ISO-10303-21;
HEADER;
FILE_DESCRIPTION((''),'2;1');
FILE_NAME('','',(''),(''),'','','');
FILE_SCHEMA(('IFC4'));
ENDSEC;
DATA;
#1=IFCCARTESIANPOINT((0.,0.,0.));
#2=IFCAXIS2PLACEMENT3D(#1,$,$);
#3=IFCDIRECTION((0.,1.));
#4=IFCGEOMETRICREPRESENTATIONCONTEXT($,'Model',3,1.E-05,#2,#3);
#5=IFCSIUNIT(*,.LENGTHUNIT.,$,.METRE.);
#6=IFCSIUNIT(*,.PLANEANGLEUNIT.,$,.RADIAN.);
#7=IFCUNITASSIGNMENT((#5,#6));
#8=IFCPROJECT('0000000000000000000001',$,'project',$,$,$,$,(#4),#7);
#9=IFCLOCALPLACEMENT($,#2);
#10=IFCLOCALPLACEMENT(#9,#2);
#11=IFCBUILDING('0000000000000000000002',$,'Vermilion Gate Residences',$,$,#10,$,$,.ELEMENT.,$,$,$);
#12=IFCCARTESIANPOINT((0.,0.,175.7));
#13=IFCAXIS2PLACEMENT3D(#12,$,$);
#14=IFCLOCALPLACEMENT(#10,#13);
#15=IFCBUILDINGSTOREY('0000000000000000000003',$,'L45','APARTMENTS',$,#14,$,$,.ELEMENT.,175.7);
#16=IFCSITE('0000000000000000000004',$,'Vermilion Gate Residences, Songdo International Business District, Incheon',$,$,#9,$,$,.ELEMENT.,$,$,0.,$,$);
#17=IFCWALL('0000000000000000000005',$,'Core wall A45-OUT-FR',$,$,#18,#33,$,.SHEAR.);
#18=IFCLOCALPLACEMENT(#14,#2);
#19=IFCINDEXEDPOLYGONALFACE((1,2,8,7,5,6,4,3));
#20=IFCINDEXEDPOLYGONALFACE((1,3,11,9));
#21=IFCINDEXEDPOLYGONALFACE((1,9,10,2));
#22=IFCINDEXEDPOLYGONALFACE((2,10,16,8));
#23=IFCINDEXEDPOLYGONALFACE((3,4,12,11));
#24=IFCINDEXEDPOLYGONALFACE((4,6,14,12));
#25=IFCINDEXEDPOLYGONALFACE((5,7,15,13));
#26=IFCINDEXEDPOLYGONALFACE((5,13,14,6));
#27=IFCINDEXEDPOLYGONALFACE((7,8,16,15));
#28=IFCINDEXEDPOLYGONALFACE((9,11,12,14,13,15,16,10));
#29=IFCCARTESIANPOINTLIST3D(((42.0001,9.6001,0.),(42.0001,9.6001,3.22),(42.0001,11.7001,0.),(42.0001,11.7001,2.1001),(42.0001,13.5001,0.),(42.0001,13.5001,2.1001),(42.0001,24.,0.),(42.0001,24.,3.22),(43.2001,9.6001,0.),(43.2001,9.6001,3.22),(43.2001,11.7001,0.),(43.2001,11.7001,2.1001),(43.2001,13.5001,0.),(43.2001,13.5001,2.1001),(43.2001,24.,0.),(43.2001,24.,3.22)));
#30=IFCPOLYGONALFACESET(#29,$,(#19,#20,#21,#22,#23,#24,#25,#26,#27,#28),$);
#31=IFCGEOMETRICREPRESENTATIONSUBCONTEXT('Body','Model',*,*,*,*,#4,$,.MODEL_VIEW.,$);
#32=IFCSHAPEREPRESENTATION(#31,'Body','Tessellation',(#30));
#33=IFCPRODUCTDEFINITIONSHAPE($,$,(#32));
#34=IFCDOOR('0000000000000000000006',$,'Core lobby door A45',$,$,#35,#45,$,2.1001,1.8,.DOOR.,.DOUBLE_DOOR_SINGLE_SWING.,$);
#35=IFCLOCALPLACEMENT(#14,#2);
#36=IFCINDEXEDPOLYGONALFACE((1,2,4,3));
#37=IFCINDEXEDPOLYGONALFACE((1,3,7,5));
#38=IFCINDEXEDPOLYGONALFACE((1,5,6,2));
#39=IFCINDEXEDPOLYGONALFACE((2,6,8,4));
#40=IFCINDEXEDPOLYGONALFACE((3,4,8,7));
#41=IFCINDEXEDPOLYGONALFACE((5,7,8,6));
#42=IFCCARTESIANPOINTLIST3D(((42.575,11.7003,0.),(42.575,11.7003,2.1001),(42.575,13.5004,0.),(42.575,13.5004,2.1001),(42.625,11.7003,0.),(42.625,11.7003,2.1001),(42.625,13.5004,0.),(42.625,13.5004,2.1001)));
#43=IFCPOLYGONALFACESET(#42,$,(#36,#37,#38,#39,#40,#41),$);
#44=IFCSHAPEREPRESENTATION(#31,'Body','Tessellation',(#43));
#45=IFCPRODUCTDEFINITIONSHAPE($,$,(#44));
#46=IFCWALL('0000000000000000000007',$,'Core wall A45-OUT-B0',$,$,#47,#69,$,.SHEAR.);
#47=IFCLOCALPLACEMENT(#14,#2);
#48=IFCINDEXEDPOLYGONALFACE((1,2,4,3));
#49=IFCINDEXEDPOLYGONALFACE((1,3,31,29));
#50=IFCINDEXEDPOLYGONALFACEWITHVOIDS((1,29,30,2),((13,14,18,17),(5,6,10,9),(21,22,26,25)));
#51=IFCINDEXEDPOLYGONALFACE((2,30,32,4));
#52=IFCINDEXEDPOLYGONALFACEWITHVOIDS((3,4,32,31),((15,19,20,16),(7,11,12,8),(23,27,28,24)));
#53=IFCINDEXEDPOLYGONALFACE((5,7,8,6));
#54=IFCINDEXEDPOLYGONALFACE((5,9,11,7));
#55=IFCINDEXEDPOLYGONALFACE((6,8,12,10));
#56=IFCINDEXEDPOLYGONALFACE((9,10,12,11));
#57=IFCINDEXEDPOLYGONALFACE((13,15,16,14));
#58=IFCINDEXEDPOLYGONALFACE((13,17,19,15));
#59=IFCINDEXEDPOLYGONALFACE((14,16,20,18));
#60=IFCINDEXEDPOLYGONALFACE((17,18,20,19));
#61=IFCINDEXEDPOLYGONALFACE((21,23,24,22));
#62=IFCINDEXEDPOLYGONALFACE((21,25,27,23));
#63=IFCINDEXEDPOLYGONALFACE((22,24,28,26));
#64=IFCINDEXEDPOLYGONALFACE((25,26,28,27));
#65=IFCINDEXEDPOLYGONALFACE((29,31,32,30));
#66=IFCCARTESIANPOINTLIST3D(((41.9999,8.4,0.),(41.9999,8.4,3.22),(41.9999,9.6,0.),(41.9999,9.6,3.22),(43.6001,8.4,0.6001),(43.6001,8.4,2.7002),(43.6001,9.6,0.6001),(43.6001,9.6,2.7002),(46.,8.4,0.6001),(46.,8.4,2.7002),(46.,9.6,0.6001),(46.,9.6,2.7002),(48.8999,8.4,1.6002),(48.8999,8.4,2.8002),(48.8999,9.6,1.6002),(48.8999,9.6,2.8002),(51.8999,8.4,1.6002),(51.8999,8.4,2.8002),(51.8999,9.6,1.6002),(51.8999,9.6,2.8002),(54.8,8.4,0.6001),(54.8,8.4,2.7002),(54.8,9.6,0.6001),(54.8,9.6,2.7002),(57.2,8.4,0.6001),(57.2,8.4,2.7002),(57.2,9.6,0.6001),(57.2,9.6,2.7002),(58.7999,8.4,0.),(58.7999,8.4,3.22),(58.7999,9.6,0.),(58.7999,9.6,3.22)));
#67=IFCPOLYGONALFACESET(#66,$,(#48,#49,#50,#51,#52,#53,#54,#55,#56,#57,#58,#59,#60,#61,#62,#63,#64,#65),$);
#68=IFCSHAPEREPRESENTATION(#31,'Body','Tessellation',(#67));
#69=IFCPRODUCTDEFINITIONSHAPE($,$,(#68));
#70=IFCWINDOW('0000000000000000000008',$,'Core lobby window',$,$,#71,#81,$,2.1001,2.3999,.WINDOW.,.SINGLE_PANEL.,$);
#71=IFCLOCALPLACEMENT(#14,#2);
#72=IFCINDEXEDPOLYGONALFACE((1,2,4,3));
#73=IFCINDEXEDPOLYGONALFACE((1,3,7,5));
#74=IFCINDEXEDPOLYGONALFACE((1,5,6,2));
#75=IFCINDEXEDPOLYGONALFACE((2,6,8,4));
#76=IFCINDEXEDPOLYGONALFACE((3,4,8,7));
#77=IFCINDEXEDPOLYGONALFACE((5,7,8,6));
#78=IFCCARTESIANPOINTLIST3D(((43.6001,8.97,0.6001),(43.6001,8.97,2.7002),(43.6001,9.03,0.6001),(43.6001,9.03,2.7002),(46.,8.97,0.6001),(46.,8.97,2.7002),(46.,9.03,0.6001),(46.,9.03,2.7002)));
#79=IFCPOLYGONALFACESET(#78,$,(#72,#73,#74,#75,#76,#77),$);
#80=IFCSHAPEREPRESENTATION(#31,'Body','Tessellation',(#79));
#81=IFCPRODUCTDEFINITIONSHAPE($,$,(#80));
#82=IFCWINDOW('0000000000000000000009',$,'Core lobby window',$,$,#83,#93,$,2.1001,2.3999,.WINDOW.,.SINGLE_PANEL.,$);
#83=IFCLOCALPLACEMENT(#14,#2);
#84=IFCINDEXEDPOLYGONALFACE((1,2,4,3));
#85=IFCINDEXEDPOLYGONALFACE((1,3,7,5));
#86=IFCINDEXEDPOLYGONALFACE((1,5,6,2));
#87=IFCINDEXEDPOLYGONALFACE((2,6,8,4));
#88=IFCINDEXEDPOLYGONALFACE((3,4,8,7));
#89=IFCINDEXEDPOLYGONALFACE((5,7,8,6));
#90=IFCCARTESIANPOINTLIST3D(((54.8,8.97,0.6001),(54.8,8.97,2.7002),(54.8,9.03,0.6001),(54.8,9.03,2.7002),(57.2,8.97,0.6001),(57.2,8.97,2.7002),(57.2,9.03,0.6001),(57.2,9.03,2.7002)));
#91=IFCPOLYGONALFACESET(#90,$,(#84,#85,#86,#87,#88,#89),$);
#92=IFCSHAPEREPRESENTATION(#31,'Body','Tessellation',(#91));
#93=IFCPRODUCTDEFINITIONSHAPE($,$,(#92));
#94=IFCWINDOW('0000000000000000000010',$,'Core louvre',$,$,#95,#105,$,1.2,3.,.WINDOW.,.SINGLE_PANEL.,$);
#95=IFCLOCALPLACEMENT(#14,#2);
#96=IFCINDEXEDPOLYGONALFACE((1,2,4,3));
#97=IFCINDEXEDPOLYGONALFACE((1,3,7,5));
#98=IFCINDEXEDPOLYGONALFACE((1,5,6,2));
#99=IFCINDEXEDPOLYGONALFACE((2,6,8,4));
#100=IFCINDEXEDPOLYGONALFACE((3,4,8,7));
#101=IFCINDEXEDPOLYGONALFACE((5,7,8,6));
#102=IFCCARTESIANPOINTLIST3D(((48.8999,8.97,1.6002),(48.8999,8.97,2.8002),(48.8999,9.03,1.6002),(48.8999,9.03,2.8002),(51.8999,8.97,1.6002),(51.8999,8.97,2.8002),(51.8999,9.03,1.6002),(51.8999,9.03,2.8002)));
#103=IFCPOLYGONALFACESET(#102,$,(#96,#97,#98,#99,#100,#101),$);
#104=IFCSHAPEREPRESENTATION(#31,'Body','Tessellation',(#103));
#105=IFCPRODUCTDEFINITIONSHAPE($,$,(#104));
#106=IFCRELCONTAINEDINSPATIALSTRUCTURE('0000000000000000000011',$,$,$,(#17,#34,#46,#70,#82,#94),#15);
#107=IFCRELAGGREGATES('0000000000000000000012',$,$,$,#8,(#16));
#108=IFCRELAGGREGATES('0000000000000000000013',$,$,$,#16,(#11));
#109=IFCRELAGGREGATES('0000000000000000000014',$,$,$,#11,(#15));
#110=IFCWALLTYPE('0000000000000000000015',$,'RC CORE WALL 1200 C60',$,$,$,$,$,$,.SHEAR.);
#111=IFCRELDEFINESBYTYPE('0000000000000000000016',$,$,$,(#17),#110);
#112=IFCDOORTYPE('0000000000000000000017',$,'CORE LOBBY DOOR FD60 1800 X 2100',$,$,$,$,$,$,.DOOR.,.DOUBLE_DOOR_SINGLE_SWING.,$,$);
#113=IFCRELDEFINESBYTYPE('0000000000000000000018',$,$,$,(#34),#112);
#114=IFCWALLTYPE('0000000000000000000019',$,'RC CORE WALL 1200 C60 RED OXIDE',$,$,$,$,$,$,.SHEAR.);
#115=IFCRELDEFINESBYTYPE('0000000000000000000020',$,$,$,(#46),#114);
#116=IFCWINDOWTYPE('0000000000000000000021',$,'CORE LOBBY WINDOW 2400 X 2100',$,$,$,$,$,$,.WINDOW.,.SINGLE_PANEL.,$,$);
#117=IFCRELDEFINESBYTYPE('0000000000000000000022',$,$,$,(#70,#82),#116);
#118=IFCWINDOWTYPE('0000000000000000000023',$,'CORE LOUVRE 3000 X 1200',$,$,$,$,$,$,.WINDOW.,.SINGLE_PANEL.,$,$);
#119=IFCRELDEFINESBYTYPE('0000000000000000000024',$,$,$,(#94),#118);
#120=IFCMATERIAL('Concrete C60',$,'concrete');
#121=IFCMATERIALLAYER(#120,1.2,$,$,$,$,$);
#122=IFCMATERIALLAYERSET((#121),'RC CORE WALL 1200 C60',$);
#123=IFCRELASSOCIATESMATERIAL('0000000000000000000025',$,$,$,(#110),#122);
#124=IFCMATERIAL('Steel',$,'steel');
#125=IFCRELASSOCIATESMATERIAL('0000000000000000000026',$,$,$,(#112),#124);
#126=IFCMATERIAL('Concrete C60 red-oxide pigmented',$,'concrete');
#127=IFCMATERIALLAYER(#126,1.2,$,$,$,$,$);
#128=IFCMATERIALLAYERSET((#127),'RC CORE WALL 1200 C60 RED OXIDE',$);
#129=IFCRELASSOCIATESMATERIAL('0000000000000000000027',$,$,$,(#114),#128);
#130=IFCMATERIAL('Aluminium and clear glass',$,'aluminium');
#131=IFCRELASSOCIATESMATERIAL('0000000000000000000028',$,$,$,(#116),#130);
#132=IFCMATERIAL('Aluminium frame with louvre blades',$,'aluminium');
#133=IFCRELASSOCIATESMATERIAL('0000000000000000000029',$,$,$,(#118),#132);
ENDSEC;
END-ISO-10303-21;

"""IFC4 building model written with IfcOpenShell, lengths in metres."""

from ifc_helpers import new_model, si_unit, direction, frame, frame_2d, origin, place, context, subcontext, project, spatial, rectangle, extrude, material, layer, layer_set, type_object, element, fill, save


model = new_model("IFC4")

# Units and contexts
model_context = context("Model", 3, precision=1e-05, world=origin(), true_north=direction((0.0, 1.0)))
body_context = subcontext(model_context, "Body", "Model", "MODEL_VIEW")
ifc_project = project(units=[si_unit("LENGTHUNIT", "METRE"), si_unit("PLANEANGLEUNIT", "RADIAN")], contexts=[model_context])

# Site, building, storey
site_placement = place(None, origin())
site = spatial("IfcSite", under=ifc_project, at=site_placement, Name="Vermilion Gate Residences, Songdo International Business District, Incheon", CompositionType="ELEMENT", RefElevation=0.0)
building_placement = place(site_placement, origin())
building = spatial("IfcBuilding", under=site, at=building_placement, Name="Vermilion Gate Residences", CompositionType="ELEMENT")
storey_placement = place(building_placement, frame((0.0, 0.0, 175.7)))
storey = spatial("IfcBuildingStorey", under=building, at=storey_placement, Name="L45", Description="APARTMENTS", CompositionType="ELEMENT", Elevation=175.7)

# Wall, opening, door
ifc_material_1 = material(Name="Concrete C60", Category="concrete")
ifc_layer_1 = layer(ifc_material_1, 1.2)
ifc_layer_set_1 = layer_set([ifc_layer_1], Name="RC CORE WALL 1200 C60")
wall_type_1 = type_object("IfcWallType", Name="RC CORE WALL 1200 C60", PredefinedType="SHEAR", material=ifc_layer_set_1)
wall_1_placement = place(storey_placement, frame((42.6001, 9.6001, 0.0), z_axis=(0.0, 0.0, 1.0), x_axis=(0.0, 1.0, 0.0)))
wall_1 = element("IfcWall", 1, at=wall_1_placement, inside=storey, type_object=wall_type_1, Name="Core wall A45-OUT-FR", PredefinedType="SHEAR", context=body_context, shape_type="SweptSolid", body=[
    extrude(rectangle(XDim=14.3999, YDim=1.2, at=frame_2d((7.2, 0.0))), origin(), (0.0, 0.0, 1.0), 3.22),
])
opening_1_placement = place(wall_1_placement, frame((2.1001, 0.0, 0.0)))
opening_1 = element("IfcOpeningElement", 2, at=opening_1_placement, cuts=wall_1, PredefinedType="OPENING", context=body_context, shape_type="SweptSolid", body=[
    extrude(rectangle(XDim=1.8, YDim=2.1001, at=frame_2d((0.8999, 1.05))), frame((0.0, 0.6099, 0.0), z_axis=(0.0, -1.0, 0.0), x_axis=(1.0, 0.0, 0.0)), (0.0, 0.0, 1.0), 1.22),
])
ifc_material_2 = material(Name="Steel", Category="steel")
door_type_1 = type_object("IfcDoorType", Name="CORE LOBBY DOOR FD60 1800 X 2100", OperationType="DOUBLE_DOOR_SINGLE_SWING", PredefinedType="DOOR", material=ifc_material_2)
door_1_placement = place(opening_1_placement, frame((1.8, 0.0, 0.0), z_axis=(0.0, 0.0, 1.0), x_axis=(-1.0, 0.0, 0.0)))
door_1 = element("IfcDoor", 3, at=door_1_placement, inside=storey, type_object=door_type_1, Name="Core lobby door A45", OperationType="DOUBLE_DOOR_SINGLE_SWING", OverallHeight=2.1001, OverallWidth=1.8, PredefinedType="DOOR", context=body_context, shape_type="SweptSolid", body=[
    extrude(rectangle(XDim=1.8, YDim=2.1001, at=frame_2d((0.8999, 1.05))), frame((0.0, 0.0249, 0.0), z_axis=(0.0, -1.0, 0.0), x_axis=(1.0, 0.0, 0.0)), (0.0, 0.0, 1.0), 0.05),
])
fill(opening_1, door_1)

# Wall, openings, windows
ifc_material_3 = material(Name="Concrete C60 red-oxide pigmented", Category="concrete")
ifc_layer_2 = layer(ifc_material_3, 1.2)
ifc_layer_set_2 = layer_set([ifc_layer_2], Name="RC CORE WALL 1200 C60 RED OXIDE")
wall_type_2 = type_object("IfcWallType", Name="RC CORE WALL 1200 C60 RED OXIDE", PredefinedType="SHEAR", material=ifc_layer_set_2)
wall_2_placement = place(storey_placement, frame((42.0, 9.0, 0.0), z_axis=(0.0, 0.0, 1.0), x_axis=(1.0, 0.0, 0.0)))
wall_2 = element("IfcWall", 4, at=wall_2_placement, inside=storey, type_object=wall_type_2, Name="Core wall A45-OUT-B0", PredefinedType="SHEAR", context=body_context, shape_type="SweptSolid", body=[
    extrude(rectangle(XDim=16.8, YDim=1.2, at=frame_2d((8.3999, 0.0))), origin(), (0.0, 0.0, 1.0), 3.22),
])
opening_2_placement = place(wall_2_placement, frame((1.6001, 0.0, 0.6001)))
opening_2 = element("IfcOpeningElement", 5, at=opening_2_placement, cuts=wall_2, PredefinedType="OPENING", context=body_context, shape_type="SweptSolid", body=[
    extrude(rectangle(XDim=2.3999, YDim=2.1001, at=frame_2d((1.2, 1.05))), frame((0.0, 0.6099, 0.0), z_axis=(0.0, -1.0, 0.0), x_axis=(1.0, 0.0, 0.0)), (0.0, 0.0, 1.0), 1.22),
])
opening_3_placement = place(wall_2_placement, frame((6.8999, 0.0, 1.6001)))
opening_3 = element("IfcOpeningElement", 6, at=opening_3_placement, cuts=wall_2, PredefinedType="OPENING", context=body_context, shape_type="SweptSolid", body=[
    extrude(rectangle(XDim=3.0, YDim=1.2, at=frame_2d((1.5, 0.6001))), frame((0.0, 0.6099, 0.0), z_axis=(0.0, -1.0, 0.0), x_axis=(1.0, 0.0, 0.0)), (0.0, 0.0, 1.0), 1.22),
])
opening_4_placement = place(wall_2_placement, frame((12.8, 0.0, 0.6001)))
opening_4 = element("IfcOpeningElement", 7, at=opening_4_placement, cuts=wall_2, PredefinedType="OPENING", context=body_context, shape_type="SweptSolid", body=[
    extrude(rectangle(XDim=2.3999, YDim=2.1001, at=frame_2d((1.2, 1.05))), frame((0.0, 0.6099, 0.0), z_axis=(0.0, -1.0, 0.0), x_axis=(1.0, 0.0, 0.0)), (0.0, 0.0, 1.0), 1.22),
])
ifc_material_4 = material(Name="Aluminium and clear glass", Category="aluminium")
window_type_1 = type_object("IfcWindowType", Name="CORE LOBBY WINDOW 2400 X 2100", PartitioningType="SINGLE_PANEL", PredefinedType="WINDOW", material=ifc_material_4)
window_1_placement = place(opening_2_placement, origin())
window_1 = element("IfcWindow", 8, at=window_1_placement, inside=storey, type_object=window_type_1, Name="Core lobby window", OverallHeight=2.1001, OverallWidth=2.3999, PartitioningType="SINGLE_PANEL", PredefinedType="WINDOW", context=body_context, shape_type="SweptSolid", body=[
    extrude(rectangle(XDim=2.3999, YDim=2.1001, at=frame_2d((1.2, 1.05))), frame((0.0, 0.03, 0.0), z_axis=(0.0, -1.0, 0.0), x_axis=(1.0, 0.0, 0.0)), (0.0, 0.0, 1.0), 0.0601),
])
fill(opening_2, window_1)
window_2_placement = place(opening_4_placement, origin())
window_2 = element("IfcWindow", 9, at=window_2_placement, inside=storey, type_object=window_type_1, Name="Core lobby window", OverallHeight=2.1001, OverallWidth=2.3999, PartitioningType="SINGLE_PANEL", PredefinedType="WINDOW", context=body_context, shape_type="SweptSolid", body=[
    extrude(rectangle(XDim=2.3999, YDim=2.1001, at=frame_2d((1.2, 1.05))), frame((0.0, 0.03, 0.0), z_axis=(0.0, -1.0, 0.0), x_axis=(1.0, 0.0, 0.0)), (0.0, 0.0, 1.0), 0.0601),
])
fill(opening_4, window_2)
ifc_material_5 = material(Name="Aluminium frame with louvre blades", Category="aluminium")
window_type_2 = type_object("IfcWindowType", Name="CORE LOUVRE 3000 X 1200", PartitioningType="SINGLE_PANEL", PredefinedType="WINDOW", material=ifc_material_5)
window_3_placement = place(opening_3_placement, origin())
window_3 = element("IfcWindow", 10, at=window_3_placement, inside=storey, type_object=window_type_2, Name="Core louvre", OverallHeight=1.2, OverallWidth=3.0, PartitioningType="SINGLE_PANEL", PredefinedType="WINDOW", context=body_context, shape_type="SweptSolid", body=[
    extrude(rectangle(XDim=3.0, YDim=1.2, at=frame_2d((1.5, 0.6001))), frame((0.0, 0.03, 0.0), z_axis=(0.0, -1.0, 0.0), x_axis=(1.0, 0.0, 0.0)), (0.0, 0.0, 1.0), 0.0601),
])
fill(opening_3, window_3)

save(model, "model.ifc")
